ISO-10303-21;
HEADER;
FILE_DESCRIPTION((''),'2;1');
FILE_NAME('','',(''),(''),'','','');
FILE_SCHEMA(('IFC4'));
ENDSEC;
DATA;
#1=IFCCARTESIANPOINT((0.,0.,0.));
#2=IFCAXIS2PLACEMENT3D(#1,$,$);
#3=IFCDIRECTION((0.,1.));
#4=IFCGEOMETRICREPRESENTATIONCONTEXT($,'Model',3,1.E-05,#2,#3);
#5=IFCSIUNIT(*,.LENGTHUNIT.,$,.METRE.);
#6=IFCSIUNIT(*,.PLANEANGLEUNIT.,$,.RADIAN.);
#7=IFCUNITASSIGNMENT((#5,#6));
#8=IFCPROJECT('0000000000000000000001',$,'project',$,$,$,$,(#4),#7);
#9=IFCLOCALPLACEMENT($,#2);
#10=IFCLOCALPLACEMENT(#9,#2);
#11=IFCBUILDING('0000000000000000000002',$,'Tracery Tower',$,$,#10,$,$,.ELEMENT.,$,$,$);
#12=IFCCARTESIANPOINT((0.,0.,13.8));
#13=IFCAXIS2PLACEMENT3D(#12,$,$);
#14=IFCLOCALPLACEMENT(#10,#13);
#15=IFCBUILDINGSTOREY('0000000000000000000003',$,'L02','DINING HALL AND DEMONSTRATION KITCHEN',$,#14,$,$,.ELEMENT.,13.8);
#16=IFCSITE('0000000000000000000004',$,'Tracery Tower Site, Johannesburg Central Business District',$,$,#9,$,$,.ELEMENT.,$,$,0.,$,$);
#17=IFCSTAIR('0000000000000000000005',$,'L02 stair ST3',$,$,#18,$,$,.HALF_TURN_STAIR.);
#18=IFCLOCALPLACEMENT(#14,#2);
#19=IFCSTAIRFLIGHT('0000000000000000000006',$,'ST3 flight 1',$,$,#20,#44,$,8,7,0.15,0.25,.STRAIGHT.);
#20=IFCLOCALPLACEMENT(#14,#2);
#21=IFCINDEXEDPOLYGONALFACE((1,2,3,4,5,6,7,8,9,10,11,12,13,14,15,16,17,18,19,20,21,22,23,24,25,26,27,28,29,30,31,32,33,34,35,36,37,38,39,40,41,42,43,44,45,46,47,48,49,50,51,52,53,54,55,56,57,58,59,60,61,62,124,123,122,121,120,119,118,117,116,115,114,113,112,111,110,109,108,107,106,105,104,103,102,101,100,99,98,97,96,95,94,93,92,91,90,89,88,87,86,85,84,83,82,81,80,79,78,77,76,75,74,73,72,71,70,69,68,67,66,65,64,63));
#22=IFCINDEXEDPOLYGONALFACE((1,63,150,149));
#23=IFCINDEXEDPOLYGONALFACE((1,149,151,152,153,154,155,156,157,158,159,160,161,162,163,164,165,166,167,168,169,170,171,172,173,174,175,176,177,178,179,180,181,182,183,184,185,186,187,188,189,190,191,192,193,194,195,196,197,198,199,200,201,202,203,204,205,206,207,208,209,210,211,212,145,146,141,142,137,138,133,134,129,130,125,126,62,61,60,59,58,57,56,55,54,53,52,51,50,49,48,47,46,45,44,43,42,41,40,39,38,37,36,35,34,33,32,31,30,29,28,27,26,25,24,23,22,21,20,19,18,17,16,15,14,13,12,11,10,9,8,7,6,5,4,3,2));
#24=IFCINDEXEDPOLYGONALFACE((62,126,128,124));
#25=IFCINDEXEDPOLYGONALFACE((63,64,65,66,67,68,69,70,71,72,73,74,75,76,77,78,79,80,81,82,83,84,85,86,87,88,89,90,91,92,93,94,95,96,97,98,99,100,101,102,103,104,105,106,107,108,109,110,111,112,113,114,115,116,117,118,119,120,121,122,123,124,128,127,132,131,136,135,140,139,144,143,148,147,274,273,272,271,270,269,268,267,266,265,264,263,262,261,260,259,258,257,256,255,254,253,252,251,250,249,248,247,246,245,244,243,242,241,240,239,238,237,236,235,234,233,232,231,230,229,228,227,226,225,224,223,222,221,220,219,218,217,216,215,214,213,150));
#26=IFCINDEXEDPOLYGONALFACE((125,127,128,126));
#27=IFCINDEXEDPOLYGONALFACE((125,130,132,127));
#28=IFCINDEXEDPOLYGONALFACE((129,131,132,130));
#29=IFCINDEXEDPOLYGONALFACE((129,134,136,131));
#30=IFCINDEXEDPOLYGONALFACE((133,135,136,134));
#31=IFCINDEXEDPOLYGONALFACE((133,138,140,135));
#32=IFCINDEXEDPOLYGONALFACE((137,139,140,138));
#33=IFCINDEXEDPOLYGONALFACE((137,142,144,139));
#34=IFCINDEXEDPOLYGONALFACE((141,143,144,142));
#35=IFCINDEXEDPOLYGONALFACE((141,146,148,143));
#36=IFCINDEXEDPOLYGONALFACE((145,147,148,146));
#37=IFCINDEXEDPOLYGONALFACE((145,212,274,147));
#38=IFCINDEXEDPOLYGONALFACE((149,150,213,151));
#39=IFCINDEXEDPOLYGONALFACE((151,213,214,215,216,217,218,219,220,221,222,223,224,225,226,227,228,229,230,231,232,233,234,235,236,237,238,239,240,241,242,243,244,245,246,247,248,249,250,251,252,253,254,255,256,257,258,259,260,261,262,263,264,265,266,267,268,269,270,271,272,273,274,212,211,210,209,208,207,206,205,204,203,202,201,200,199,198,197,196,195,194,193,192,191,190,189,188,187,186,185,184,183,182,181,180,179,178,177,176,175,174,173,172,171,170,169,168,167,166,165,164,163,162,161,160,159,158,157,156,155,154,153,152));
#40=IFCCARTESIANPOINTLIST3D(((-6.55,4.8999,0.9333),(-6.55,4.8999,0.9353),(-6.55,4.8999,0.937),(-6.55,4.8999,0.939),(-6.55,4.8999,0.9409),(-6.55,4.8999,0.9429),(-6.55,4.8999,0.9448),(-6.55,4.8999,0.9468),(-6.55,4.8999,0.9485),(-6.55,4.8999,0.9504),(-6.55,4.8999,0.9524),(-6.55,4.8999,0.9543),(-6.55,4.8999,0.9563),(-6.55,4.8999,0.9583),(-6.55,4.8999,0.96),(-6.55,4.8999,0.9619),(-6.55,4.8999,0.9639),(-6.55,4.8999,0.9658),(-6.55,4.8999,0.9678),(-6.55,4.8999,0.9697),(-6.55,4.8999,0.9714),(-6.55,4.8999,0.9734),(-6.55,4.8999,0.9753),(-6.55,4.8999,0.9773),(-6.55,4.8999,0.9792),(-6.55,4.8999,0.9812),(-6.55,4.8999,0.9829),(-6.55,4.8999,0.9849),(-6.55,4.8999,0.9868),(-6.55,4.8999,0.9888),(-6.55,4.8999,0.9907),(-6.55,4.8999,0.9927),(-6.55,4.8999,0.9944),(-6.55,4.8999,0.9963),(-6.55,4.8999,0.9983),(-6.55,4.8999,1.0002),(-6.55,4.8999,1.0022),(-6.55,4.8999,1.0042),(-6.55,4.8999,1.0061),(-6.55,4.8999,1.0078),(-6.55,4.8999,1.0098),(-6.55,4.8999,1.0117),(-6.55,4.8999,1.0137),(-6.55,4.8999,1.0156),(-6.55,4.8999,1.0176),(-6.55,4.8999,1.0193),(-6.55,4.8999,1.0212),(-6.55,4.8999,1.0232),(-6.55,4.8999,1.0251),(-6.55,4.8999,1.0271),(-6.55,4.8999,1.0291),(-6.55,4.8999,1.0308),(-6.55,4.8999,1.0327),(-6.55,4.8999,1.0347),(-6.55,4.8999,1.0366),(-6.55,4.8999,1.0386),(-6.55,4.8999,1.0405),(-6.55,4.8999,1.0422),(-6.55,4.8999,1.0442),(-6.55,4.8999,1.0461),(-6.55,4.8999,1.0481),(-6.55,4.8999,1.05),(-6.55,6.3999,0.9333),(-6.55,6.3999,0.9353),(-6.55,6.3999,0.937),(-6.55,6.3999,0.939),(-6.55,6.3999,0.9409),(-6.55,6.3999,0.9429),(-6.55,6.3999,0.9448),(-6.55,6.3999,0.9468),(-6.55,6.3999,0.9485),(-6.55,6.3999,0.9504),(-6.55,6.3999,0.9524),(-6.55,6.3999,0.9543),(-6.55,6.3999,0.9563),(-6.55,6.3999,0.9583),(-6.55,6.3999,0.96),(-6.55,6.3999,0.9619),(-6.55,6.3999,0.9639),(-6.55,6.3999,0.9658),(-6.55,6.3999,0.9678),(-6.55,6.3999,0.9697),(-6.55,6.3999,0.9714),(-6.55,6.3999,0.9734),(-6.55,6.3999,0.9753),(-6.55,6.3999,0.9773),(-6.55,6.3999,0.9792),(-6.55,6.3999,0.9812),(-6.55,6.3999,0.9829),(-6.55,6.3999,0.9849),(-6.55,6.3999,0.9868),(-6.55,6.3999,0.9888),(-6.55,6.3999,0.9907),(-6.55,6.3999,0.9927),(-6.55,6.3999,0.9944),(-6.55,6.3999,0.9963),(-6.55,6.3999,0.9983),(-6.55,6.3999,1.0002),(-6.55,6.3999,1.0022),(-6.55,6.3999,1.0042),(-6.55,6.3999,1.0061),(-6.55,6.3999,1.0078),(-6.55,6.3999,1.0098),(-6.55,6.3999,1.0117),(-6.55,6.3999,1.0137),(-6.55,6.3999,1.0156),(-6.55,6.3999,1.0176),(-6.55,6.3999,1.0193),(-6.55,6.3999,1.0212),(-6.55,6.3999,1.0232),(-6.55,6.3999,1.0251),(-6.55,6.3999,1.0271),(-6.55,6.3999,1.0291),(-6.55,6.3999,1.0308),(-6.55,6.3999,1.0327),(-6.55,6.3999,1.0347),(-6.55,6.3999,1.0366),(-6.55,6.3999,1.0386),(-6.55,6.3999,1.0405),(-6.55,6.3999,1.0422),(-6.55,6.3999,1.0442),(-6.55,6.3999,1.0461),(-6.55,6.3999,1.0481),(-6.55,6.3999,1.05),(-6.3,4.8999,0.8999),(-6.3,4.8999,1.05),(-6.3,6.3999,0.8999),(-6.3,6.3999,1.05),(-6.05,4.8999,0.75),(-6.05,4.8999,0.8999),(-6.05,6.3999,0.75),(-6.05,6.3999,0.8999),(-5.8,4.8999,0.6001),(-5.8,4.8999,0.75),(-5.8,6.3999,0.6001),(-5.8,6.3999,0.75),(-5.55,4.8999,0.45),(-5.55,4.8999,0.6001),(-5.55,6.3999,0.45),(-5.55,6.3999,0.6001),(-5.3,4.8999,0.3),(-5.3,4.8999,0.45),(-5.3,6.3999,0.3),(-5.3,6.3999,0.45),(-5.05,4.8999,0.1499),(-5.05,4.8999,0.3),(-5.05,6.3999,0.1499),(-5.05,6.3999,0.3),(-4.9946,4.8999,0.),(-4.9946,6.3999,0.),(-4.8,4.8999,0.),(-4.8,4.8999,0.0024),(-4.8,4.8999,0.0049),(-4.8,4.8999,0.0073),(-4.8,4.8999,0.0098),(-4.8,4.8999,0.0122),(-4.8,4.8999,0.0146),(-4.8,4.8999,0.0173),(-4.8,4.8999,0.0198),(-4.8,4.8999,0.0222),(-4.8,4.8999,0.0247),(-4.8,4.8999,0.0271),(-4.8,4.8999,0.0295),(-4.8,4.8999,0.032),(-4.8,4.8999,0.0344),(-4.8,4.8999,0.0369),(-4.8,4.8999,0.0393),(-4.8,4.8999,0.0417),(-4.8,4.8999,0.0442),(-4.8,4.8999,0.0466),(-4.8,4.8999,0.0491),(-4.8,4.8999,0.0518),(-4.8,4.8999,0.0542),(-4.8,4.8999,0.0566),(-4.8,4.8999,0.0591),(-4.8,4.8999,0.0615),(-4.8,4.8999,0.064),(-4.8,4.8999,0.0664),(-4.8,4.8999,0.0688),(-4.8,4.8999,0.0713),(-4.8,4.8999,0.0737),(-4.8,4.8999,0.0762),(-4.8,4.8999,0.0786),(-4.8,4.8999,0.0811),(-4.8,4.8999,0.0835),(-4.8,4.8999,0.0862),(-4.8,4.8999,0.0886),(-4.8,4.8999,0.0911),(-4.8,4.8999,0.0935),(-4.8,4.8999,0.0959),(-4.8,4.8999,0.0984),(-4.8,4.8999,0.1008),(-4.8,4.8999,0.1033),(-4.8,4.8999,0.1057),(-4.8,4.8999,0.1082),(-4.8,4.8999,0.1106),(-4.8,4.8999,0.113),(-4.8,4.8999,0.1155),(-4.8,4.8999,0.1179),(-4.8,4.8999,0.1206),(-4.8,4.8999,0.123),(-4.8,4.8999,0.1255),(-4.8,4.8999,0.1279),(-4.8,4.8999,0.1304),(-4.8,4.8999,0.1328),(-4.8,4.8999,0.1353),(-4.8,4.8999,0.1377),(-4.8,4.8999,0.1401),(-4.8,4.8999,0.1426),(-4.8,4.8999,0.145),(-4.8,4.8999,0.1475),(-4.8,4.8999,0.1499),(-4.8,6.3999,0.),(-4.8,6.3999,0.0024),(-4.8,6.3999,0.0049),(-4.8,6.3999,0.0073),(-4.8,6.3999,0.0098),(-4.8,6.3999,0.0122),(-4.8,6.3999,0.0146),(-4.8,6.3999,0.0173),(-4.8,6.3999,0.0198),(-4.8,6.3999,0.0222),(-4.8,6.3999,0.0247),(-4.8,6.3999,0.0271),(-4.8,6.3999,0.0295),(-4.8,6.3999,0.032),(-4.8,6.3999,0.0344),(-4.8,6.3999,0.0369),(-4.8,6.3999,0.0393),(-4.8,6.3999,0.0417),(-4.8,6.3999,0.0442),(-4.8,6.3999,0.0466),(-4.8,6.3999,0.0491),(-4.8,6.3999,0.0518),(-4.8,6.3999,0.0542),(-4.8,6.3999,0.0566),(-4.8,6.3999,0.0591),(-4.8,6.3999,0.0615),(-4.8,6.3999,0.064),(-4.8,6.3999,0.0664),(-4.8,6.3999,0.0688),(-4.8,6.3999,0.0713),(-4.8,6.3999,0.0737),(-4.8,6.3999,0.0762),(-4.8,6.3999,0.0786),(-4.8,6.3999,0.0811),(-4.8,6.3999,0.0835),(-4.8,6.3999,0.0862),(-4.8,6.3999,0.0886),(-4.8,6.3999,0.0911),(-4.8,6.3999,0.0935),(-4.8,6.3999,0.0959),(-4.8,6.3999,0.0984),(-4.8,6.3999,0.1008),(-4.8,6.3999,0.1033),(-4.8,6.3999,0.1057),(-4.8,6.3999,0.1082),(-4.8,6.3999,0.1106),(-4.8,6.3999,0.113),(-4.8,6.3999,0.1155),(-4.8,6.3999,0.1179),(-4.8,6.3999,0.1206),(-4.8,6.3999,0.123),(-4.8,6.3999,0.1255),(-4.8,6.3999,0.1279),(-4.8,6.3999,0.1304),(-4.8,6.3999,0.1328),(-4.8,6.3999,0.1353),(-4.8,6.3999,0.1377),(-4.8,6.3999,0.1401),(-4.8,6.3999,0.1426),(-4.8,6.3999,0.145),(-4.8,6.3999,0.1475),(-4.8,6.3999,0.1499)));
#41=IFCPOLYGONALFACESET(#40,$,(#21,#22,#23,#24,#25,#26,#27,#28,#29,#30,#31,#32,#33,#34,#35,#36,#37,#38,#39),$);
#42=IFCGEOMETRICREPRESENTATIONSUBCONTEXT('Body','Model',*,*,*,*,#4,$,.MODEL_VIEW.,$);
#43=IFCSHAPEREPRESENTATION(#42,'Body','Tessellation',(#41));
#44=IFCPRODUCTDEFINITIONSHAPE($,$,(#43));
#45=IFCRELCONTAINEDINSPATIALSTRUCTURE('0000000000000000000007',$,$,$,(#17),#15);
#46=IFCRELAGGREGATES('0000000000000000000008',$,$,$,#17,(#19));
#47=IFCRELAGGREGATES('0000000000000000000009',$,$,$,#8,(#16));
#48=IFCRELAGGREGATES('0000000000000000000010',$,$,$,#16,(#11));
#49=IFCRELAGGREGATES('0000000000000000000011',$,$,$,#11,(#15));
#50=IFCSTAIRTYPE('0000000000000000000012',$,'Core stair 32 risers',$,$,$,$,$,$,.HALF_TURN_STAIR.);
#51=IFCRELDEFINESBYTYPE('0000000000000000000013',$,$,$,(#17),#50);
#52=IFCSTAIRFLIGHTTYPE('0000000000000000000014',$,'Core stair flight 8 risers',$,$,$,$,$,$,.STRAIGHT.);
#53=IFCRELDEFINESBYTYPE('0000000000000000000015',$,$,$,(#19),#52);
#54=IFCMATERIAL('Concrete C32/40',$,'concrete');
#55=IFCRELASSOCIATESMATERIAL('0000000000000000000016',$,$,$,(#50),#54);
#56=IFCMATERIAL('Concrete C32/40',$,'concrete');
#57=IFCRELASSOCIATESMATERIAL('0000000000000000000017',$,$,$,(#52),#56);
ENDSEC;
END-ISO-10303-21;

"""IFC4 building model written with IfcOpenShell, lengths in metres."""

from ifc_helpers import new_model, si_unit, direction, frame, origin, place, context, subcontext, project, spatial, polyline, outline, extrude, material, type_object, element, aggregate, save


model = new_model("IFC4")

# Units and contexts
model_context = context("Model", 3, precision=1e-05, world=origin(), true_north=direction((0.0, 1.0)))
body_context = subcontext(model_context, "Body", "Model", "MODEL_VIEW")
ifc_project = project(units=[si_unit("LENGTHUNIT", "METRE"), si_unit("PLANEANGLEUNIT", "RADIAN")], contexts=[model_context])

# Site, building, storey
site_placement = place(None, origin())
site = spatial("IfcSite", under=ifc_project, at=site_placement, Name="Tracery Tower Site, Johannesburg Central Business District", CompositionType="ELEMENT", RefElevation=0.0)
building_placement = place(site_placement, origin())
building = spatial("IfcBuilding", under=site, at=building_placement, Name="Tracery Tower", CompositionType="ELEMENT")
storey_placement = place(building_placement, frame((0.0, 0.0, 13.8)))
storey = spatial("IfcBuildingStorey", under=building, at=storey_placement, Name="L02", Description="DINING HALL AND DEMONSTRATION KITCHEN", CompositionType="ELEMENT", Elevation=13.8)

# Stair, stair flight
ifc_material_1 = material(Name="Concrete C32/40", Category="concrete")
stair_type = type_object("IfcStairType", Name="Core stair 32 risers", PredefinedType="HALF_TURN_STAIR", material=ifc_material_1)
stair_placement = place(storey_placement, origin())
stair = element("IfcStair", 1, at=stair_placement, inside=storey, type_object=stair_type, Name="L02 stair ST3", PredefinedType="HALF_TURN_STAIR")
ifc_material_2 = material(Name="Concrete C32/40", Category="concrete")
stair_flight_type = type_object("IfcStairFlightType", Name="Core stair flight 8 risers", PredefinedType="STRAIGHT", material=ifc_material_2)
stair_flight_1_placement = place(storey_placement, frame((-4.8, 5.6499, 0.0), z_axis=(0.0, 0.0, 1.0), x_axis=(-1.0, 0.0, 0.0)))
stair_flight_1 = element("IfcStairFlight", 2, at=stair_flight_1_placement, type_object=stair_flight_type, Name="ST3 flight 1", NumberOfRisers=8, NumberOfTreads=7, PredefinedType="STRAIGHT", RiserHeight=0.15, TreadLength=0.25, context=body_context, shape_type="SweptSolid", body=[
    extrude(outline(polyline([(0.0, 0.0), (0.0, 0.0024), (0.0, 0.0049), (0.0, 0.0073), (0.0, 0.0098), (0.0, 0.0122), (0.0, 0.0146), (0.0, 0.0173), (0.0, 0.0198), (0.0, 0.0222), (0.0, 0.0247), (0.0, 0.0271), (0.0, 0.0295), (0.0, 0.032), (0.0, 0.0344), (0.0, 0.0369), (0.0, 0.0393), (0.0, 0.0417), (0.0, 0.0442), (0.0, 0.0466), (0.0, 0.0491), (0.0, 0.0518), (0.0, 0.0542), (0.0, 0.0566), (0.0, 0.0591), (0.0, 0.0615), (0.0, 0.064), (0.0, 0.0664), (0.0, 0.0688), (0.0, 0.0713), (0.0, 0.0737), (0.0, 0.0762), (0.0, 0.0786), (0.0, 0.0811), (0.0, 0.0835), (0.0, 0.0862), (0.0, 0.0886), (0.0, 0.0911), (0.0, 0.0935), (0.0, 0.0959), (0.0, 0.0984), (0.0, 0.1008), (0.0, 0.1033), (0.0, 0.1057), (0.0, 0.1082), (0.0, 0.1106), (0.0, 0.113), (0.0, 0.1155), (0.0, 0.1179), (0.0, 0.1206), (0.0, 0.123), (0.0, 0.1255), (0.0, 0.1279), (0.0, 0.1304), (0.0, 0.1328), (0.0, 0.1353), (0.0, 0.1377), (0.0, 0.1401), (0.0, 0.1426), (0.0, 0.145), (0.0, 0.1475), (0.0, 0.1499), (0.25, 0.1499), (0.25, 0.3), (0.5, 0.3), (0.5, 0.45), (0.75, 0.45), (0.75, 0.6001), (1.0, 0.6001), (1.0, 0.75), (1.25, 0.75), (1.25, 0.8999), (1.5, 0.8999), (1.5, 1.05), (1.75, 1.05), (1.75, 1.0481), (1.75, 1.0461), (1.75, 1.0442), (1.75, 1.0422), (1.75, 1.0405), (1.75, 1.0386), (1.75, 1.0366), (1.75, 1.0347), (1.75, 1.0327), (1.75, 1.0308), (1.75, 1.0291), (1.75, 1.0271), (1.75, 1.0251), (1.75, 1.0232), (1.75, 1.0212), (1.75, 1.0193), (1.75, 1.0176), (1.75, 1.0156), (1.75, 1.0137), (1.75, 1.0117), (1.75, 1.0098), (1.75, 1.0078), (1.75, 1.0061), (1.75, 1.0042), (1.75, 1.0022), (1.75, 1.0002), (1.75, 0.9983), (1.75, 0.9963), (1.75, 0.9944), (1.75, 0.9927), (1.75, 0.9907), (1.75, 0.9888), (1.75, 0.9868), (1.75, 0.9849), (1.75, 0.9829), (1.75, 0.9812), (1.75, 0.9792), (1.75, 0.9773), (1.75, 0.9753), (1.75, 0.9734), (1.75, 0.9714), (1.75, 0.9697), (1.75, 0.9678), (1.75, 0.9658), (1.75, 0.9639), (1.75, 0.9619), (1.75, 0.96), (1.75, 0.9583), (1.75, 0.9563), (1.75, 0.9543), (1.75, 0.9524), (1.75, 0.9504), (1.75, 0.9485), (1.75, 0.9468), (1.75, 0.9448), (1.75, 0.9429), (1.75, 0.9409), (1.75, 0.939), (1.75, 0.937), (1.75, 0.9353), (1.75, 0.9333), (0.1946, 0.0), (0.0, 0.0)])), frame((0.0, 0.75, 0.0), z_axis=(0.0, -1.0, 0.0), x_axis=(1.0, 0.0, 0.0)), (0.0, 0.0, 1.0), 1.5),
])
aggregate(stair, [stair_flight_1])

save(model, "model.ifc")
